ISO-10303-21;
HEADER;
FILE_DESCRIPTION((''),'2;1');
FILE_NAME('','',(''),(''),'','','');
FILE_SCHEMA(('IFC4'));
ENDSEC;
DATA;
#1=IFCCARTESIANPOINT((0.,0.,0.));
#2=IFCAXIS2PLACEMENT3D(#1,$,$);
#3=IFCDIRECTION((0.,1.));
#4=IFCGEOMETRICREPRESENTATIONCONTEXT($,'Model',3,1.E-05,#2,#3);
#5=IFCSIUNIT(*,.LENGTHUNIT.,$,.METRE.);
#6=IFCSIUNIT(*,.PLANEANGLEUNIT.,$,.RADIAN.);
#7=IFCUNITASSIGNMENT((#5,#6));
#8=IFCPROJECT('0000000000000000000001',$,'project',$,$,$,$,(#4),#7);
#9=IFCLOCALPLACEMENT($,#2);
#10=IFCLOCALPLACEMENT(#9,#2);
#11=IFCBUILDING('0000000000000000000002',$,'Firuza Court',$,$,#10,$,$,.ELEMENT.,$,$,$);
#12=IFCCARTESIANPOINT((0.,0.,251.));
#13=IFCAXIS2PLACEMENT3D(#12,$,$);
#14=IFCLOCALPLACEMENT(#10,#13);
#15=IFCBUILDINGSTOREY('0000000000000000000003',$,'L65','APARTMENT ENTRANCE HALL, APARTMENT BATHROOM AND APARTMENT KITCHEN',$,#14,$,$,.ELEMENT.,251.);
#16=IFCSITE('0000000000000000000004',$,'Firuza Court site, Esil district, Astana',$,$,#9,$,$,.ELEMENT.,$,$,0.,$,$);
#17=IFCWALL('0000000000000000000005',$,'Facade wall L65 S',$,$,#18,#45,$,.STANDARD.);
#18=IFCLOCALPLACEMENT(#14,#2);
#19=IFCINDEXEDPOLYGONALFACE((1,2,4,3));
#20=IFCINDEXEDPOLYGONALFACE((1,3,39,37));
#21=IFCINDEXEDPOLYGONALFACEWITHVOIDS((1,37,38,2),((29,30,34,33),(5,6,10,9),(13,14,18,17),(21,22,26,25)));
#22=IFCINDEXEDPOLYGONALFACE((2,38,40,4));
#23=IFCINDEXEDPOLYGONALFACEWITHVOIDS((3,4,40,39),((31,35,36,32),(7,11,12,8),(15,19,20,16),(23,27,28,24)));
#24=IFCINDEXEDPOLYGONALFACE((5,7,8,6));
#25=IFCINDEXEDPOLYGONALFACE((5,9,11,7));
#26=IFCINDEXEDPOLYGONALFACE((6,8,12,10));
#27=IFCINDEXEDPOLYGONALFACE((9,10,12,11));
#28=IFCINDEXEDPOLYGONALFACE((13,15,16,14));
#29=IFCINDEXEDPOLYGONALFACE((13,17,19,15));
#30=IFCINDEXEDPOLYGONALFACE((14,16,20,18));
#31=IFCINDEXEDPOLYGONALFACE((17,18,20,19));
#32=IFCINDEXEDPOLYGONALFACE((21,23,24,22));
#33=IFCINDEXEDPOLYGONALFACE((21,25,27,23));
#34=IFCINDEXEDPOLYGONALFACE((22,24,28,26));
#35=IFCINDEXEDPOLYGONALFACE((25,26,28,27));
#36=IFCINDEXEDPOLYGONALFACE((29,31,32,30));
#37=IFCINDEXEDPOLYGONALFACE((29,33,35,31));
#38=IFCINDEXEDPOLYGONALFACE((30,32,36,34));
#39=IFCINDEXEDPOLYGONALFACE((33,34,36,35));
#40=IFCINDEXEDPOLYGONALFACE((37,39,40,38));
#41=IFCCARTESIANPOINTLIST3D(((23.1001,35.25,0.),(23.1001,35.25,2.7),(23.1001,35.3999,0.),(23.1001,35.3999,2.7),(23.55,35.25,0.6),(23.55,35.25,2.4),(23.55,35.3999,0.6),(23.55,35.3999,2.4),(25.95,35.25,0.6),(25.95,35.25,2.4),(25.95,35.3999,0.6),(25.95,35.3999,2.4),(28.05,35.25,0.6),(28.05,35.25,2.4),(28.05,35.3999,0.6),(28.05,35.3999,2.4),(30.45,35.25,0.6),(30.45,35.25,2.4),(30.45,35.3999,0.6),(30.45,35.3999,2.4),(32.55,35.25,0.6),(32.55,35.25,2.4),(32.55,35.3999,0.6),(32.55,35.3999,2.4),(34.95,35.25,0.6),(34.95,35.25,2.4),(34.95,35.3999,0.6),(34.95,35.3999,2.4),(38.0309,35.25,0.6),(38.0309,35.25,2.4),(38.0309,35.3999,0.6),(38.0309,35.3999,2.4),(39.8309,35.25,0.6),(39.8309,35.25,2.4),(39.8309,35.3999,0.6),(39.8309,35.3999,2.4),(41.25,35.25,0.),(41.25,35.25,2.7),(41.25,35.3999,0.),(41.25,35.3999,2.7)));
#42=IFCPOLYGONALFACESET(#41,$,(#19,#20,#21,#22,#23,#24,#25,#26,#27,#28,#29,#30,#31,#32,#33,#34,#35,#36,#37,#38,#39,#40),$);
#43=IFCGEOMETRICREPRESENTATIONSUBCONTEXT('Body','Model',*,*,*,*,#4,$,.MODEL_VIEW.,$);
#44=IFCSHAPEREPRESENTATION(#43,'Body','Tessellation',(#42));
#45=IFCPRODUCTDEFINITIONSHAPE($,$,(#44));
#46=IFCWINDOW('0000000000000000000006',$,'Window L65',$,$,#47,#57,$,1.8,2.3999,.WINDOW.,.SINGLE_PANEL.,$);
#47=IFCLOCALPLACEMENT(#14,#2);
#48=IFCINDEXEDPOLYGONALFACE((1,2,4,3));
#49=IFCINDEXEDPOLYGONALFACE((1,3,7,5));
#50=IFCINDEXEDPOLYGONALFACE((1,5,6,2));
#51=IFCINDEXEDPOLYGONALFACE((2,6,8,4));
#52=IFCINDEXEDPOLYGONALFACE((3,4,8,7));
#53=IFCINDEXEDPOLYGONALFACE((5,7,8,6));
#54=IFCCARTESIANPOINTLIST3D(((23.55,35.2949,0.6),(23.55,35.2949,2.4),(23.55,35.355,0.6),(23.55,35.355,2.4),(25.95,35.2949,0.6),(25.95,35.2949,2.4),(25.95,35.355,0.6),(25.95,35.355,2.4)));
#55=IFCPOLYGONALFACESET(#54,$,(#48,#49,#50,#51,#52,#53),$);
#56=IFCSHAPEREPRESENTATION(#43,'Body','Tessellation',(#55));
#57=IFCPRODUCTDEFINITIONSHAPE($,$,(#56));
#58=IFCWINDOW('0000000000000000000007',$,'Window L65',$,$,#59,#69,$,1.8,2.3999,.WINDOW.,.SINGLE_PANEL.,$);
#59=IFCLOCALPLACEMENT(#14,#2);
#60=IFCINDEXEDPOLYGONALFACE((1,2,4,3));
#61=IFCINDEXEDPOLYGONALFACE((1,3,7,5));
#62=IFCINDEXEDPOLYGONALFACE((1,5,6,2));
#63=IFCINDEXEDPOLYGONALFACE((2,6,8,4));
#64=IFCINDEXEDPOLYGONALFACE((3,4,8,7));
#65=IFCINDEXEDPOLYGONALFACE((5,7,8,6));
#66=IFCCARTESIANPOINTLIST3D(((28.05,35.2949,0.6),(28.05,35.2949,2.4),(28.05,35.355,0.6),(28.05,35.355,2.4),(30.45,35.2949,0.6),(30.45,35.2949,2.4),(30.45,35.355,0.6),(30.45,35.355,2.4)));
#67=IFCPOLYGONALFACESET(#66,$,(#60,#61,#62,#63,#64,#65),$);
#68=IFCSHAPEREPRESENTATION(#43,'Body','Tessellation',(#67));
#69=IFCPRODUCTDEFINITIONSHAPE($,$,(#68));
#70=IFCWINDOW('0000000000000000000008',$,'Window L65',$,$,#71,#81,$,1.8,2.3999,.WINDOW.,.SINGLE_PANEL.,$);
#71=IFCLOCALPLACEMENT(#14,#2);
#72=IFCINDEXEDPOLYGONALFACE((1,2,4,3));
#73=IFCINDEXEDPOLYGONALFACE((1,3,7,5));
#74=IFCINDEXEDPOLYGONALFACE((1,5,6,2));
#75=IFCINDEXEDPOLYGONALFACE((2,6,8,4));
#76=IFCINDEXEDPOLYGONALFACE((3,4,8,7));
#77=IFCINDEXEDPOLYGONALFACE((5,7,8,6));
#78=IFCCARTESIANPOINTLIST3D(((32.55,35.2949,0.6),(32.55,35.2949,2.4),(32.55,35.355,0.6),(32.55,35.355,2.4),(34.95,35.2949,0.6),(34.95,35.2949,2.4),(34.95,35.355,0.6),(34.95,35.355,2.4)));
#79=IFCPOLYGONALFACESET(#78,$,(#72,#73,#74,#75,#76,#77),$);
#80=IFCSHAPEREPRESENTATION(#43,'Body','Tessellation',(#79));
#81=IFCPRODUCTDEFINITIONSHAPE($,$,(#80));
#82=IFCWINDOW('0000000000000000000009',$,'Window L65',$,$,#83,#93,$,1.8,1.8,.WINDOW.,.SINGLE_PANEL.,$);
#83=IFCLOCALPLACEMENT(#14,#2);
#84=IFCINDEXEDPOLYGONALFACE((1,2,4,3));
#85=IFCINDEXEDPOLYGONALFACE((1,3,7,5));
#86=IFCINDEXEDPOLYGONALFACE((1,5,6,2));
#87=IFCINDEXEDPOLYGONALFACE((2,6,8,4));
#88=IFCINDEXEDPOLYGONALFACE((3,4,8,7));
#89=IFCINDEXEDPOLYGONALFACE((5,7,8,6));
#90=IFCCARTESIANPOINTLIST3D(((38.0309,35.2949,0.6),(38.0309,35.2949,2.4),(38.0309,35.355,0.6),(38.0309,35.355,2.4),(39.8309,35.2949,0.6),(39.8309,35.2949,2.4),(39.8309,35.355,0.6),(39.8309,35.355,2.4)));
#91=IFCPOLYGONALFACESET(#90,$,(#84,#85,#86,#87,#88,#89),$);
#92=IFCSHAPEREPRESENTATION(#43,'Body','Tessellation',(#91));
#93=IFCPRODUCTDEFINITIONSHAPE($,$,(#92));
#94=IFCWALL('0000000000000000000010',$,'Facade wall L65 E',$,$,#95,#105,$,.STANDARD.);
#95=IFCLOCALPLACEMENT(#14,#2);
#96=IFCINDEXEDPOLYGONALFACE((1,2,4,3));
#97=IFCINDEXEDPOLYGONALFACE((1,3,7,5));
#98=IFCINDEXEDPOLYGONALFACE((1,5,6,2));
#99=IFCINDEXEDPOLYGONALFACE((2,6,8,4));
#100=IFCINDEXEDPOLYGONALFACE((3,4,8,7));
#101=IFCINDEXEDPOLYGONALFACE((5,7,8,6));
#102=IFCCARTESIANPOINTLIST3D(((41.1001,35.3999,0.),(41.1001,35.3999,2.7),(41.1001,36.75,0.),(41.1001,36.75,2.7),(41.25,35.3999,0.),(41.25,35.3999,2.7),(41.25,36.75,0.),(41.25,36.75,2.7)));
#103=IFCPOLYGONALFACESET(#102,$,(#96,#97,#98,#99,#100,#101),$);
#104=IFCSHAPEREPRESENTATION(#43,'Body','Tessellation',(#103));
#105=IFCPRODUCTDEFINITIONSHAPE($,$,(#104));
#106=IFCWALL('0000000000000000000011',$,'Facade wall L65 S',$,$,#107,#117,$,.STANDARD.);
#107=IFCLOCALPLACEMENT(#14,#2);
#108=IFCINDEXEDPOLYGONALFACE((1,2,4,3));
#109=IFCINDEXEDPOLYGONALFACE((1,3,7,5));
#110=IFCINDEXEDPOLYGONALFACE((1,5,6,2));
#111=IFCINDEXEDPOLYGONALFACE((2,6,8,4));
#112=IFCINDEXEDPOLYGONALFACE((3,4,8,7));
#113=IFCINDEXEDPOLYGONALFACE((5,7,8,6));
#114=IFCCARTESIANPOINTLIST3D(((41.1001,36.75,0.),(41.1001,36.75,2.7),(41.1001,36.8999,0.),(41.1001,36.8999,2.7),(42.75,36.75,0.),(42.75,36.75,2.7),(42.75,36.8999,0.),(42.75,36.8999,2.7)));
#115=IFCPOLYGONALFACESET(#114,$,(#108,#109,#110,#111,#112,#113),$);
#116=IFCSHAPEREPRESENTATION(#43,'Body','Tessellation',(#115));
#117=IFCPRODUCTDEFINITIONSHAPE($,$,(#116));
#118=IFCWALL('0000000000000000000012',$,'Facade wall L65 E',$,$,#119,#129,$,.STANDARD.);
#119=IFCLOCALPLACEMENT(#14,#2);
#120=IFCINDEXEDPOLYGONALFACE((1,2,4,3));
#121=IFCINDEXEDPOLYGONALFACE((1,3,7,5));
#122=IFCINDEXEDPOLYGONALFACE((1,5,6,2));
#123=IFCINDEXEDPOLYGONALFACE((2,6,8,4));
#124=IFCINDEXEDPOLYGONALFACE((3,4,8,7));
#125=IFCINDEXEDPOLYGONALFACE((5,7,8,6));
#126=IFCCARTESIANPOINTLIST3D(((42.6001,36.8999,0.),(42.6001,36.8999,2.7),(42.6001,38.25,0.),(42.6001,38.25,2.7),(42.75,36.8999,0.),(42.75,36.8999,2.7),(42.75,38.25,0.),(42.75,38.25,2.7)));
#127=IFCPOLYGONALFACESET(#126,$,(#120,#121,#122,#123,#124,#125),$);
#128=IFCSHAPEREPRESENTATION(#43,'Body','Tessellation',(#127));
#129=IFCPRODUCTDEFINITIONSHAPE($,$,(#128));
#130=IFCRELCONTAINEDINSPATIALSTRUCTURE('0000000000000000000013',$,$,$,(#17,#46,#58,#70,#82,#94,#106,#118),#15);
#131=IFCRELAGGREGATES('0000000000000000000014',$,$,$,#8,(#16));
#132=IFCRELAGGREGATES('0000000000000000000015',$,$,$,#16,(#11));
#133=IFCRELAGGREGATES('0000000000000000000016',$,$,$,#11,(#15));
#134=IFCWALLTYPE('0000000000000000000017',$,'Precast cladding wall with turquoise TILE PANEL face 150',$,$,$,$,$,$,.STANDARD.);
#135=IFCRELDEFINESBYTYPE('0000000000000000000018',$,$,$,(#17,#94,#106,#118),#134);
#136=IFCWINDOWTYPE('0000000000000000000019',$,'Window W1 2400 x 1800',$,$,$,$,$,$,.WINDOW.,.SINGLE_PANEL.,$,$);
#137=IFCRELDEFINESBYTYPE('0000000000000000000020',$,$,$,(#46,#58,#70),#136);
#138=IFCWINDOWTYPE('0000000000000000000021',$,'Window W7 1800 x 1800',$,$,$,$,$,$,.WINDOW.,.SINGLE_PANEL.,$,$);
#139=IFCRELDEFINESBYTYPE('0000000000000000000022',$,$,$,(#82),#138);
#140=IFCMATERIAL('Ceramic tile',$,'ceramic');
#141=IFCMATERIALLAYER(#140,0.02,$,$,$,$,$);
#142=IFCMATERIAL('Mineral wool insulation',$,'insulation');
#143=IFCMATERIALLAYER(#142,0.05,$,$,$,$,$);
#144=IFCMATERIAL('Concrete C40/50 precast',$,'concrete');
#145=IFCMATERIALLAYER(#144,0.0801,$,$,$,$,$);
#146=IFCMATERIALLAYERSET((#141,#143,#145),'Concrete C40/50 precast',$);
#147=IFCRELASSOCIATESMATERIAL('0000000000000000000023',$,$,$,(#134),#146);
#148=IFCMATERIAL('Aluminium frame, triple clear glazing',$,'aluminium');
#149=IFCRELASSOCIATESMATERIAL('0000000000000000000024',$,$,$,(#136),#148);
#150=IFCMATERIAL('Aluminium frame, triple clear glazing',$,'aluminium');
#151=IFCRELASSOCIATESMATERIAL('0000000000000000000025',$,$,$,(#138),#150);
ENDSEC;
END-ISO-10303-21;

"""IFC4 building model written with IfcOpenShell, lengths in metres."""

from ifc_helpers import new_model, si_unit, direction, frame, frame_2d, origin, place, context, subcontext, project, spatial, rectangle, extrude, material, layer, layer_set, type_object, element, fill, save


model = new_model("IFC4")

# Units and contexts
model_context = context("Model", 3, precision=1e-05, world=origin(), true_north=direction((0.0, 1.0)))
body_context = subcontext(model_context, "Body", "Model", "MODEL_VIEW")
ifc_project = project(units=[si_unit("LENGTHUNIT", "METRE"), si_unit("PLANEANGLEUNIT", "RADIAN")], contexts=[model_context])

# Site, building, storey
site_placement = place(None, origin())
site = spatial("IfcSite", under=ifc_project, at=site_placement, Name="Firuza Court site, Esil district, Astana", CompositionType="ELEMENT", RefElevation=0.0)
building_placement = place(site_placement, origin())
building = spatial("IfcBuilding", under=site, at=building_placement, Name="Firuza Court", CompositionType="ELEMENT")
storey_placement = place(building_placement, frame((0.0, 0.0, 251.0)))
storey = spatial("IfcBuildingStorey", under=building, at=storey_placement, Name="L65", Description="APARTMENT ENTRANCE HALL, APARTMENT BATHROOM AND APARTMENT KITCHEN", CompositionType="ELEMENT", Elevation=251.0)

# Wall, openings, windows
ifc_material_1 = material(Name="Ceramic tile", Category="ceramic")
ifc_layer_1 = layer(ifc_material_1, 0.02)
ifc_material_2 = material(Name="Mineral wool insulation", Category="insulation")
ifc_layer_2 = layer(ifc_material_2, 0.05)
ifc_material_3 = material(Name="Concrete C40/50 precast", Category="concrete")
ifc_layer_3 = layer(ifc_material_3, 0.0801)
ifc_layer_set_1 = layer_set([ifc_layer_1, ifc_layer_2, ifc_layer_3], Name="Concrete C40/50 precast")
wall_type_1 = type_object("IfcWallType", Name="Precast cladding wall with turquoise TILE PANEL face 150", PredefinedType="STANDARD", material=ifc_layer_set_1)
ifc_material_4 = material(Name="Aluminium frame, triple clear glazing", Category="aluminium")
window_type_1 = type_object("IfcWindowType", Name="Window W1 2400 x 1800", PartitioningType="SINGLE_PANEL", PredefinedType="WINDOW", material=ifc_material_4)
wall_1_placement = place(storey_placement, frame((23.1001, 35.325, 0.0), z_axis=(0.0, 0.0, 1.0), x_axis=(1.0, 0.0, 0.0)))
wall_1 = element("IfcWall", 1, at=wall_1_placement, inside=storey, type_object=wall_type_1, Name="Facade wall L65 S", PredefinedType="STANDARD", context=body_context, shape_type="SweptSolid", body=[
    extrude(rectangle(XDim=18.1499, YDim=0.1499, at=frame_2d((9.075, 0.0))), origin(), (0.0, 0.0, 1.0), 2.7),
])
opening_1_placement = place(wall_1_placement, frame((0.45, 0.0, 0.6001)))
opening_1 = element("IfcOpeningElement", 2, at=opening_1_placement, cuts=wall_1, PredefinedType="OPENING", context=body_context, shape_type="SweptSolid", body=[
    extrude(rectangle(XDim=2.3999, YDim=1.8, at=frame_2d((1.2, 0.8999))), frame((0.0, 0.0869, 0.0), z_axis=(0.0, -1.0, 0.0), x_axis=(1.0, 0.0, 0.0)), (0.0, 0.0, 1.0), 0.1738),
])
opening_2_placement = place(wall_1_placement, frame((4.95, 0.0, 0.6001)))
opening_2 = element("IfcOpeningElement", 3, at=opening_2_placement, cuts=wall_1, PredefinedType="OPENING", context=body_context, shape_type="SweptSolid", body=[
    extrude(rectangle(XDim=2.3999, YDim=1.8, at=frame_2d((1.2, 0.8999))), frame((0.0, 0.0869, 0.0), z_axis=(0.0, -1.0, 0.0), x_axis=(1.0, 0.0, 0.0)), (0.0, 0.0, 1.0), 0.1738),
])
opening_3_placement = place(wall_1_placement, frame((9.45, 0.0, 0.6001)))
opening_3 = element("IfcOpeningElement", 4, at=opening_3_placement, cuts=wall_1, PredefinedType="OPENING", context=body_context, shape_type="SweptSolid", body=[
    extrude(rectangle(XDim=2.3999, YDim=1.8, at=frame_2d((1.2, 0.8999))), frame((0.0, 0.0869, 0.0), z_axis=(0.0, -1.0, 0.0), x_axis=(1.0, 0.0, 0.0)), (0.0, 0.0, 1.0), 0.1738),
])
opening_4_placement = place(wall_1_placement, frame((14.9309, 0.0, 0.6001)))
opening_4 = element("IfcOpeningElement", 5, at=opening_4_placement, cuts=wall_1, PredefinedType="OPENING", context=body_context, shape_type="SweptSolid", body=[
    extrude(rectangle(XDim=1.8, YDim=1.8, at=frame_2d((0.8999, 0.8999))), frame((0.0, 0.0869, 0.0), z_axis=(0.0, -1.0, 0.0), x_axis=(1.0, 0.0, 0.0)), (0.0, 0.0, 1.0), 0.1738),
])
window_1_placement = place(opening_1_placement, origin())
window_1 = element("IfcWindow", 6, at=window_1_placement, inside=storey, type_object=window_type_1, Name="Window L65", OverallHeight=1.8, OverallWidth=2.3999, PartitioningType="SINGLE_PANEL", PredefinedType="WINDOW", context=body_context, shape_type="SweptSolid", body=[
    extrude(rectangle(XDim=2.3999, YDim=1.8, at=frame_2d((1.2, 0.8999))), frame((0.0, 0.03, 0.0), z_axis=(0.0, -1.0, 0.0), x_axis=(1.0, 0.0, 0.0)), (0.0, 0.0, 1.0), 0.0601),
])
fill(opening_1, window_1)
window_2_placement = place(opening_2_placement, origin())
window_2 = element("IfcWindow", 7, at=window_2_placement, inside=storey, type_object=window_type_1, Name="Window L65", OverallHeight=1.8, OverallWidth=2.3999, PartitioningType="SINGLE_PANEL", PredefinedType="WINDOW", context=body_context, shape_type="SweptSolid", body=[
    extrude(rectangle(XDim=2.3999, YDim=1.8, at=frame_2d((1.2, 0.8999))), frame((0.0, 0.03, 0.0), z_axis=(0.0, -1.0, 0.0), x_axis=(1.0, 0.0, 0.0)), (0.0, 0.0, 1.0), 0.0601),
])
fill(opening_2, window_2)
window_3_placement = place(opening_3_placement, origin())
window_3 = element("IfcWindow", 8, at=window_3_placement, inside=storey, type_object=window_type_1, Name="Window L65", OverallHeight=1.8, OverallWidth=2.3999, PartitioningType="SINGLE_PANEL", PredefinedType="WINDOW", context=body_context, shape_type="SweptSolid", body=[
    extrude(rectangle(XDim=2.3999, YDim=1.8, at=frame_2d((1.2, 0.8999))), frame((0.0, 0.03, 0.0), z_axis=(0.0, -1.0, 0.0), x_axis=(1.0, 0.0, 0.0)), (0.0, 0.0, 1.0), 0.0601),
])
fill(opening_3, window_3)
ifc_material_5 = material(Name="Aluminium frame, triple clear glazing", Category="aluminium")
window_type_2 = type_object("IfcWindowType", Name="Window W7 1800 x 1800", PartitioningType="SINGLE_PANEL", PredefinedType="WINDOW", material=ifc_material_5)
window_4_placement = place(opening_4_placement, origin())
window_4 = element("IfcWindow", 9, at=window_4_placement, inside=storey, type_object=window_type_2, Name="Window L65", OverallHeight=1.8, OverallWidth=1.8, PartitioningType="SINGLE_PANEL", PredefinedType="WINDOW", context=body_context, shape_type="SweptSolid", body=[
    extrude(rectangle(XDim=1.8, YDim=1.8, at=frame_2d((0.8999, 0.8999))), frame((0.0, 0.03, 0.0), z_axis=(0.0, -1.0, 0.0), x_axis=(1.0, 0.0, 0.0)), (0.0, 0.0, 1.0), 0.0601),
])
fill(opening_4, window_4)

# Walls
wall_2_placement = place(storey_placement, frame((41.175, 35.3999, 0.0), z_axis=(0.0, 0.0, 1.0), x_axis=(0.0, 1.0, 0.0)))
element("IfcWall", 10, at=wall_2_placement, inside=storey, type_object=wall_type_1, Name="Facade wall L65 E", PredefinedType="STANDARD", context=body_context, shape_type="SweptSolid", body=[
    extrude(rectangle(XDim=1.3501, YDim=0.1499, at=frame_2d((0.675, 0.0))), origin(), (0.0, 0.0, 1.0), 2.7),
])
wall_3_placement = place(storey_placement, frame((41.1001, 36.825, 0.0), z_axis=(0.0, 0.0, 1.0), x_axis=(1.0, 0.0, 0.0)))
element("IfcWall", 11, at=wall_3_placement, inside=storey, type_object=wall_type_1, Name="Facade wall L65 S", PredefinedType="STANDARD", context=body_context, shape_type="SweptSolid", body=[
    extrude(rectangle(XDim=1.6499, YDim=0.1499, at=frame_2d((0.825, 0.0))), origin(), (0.0, 0.0, 1.0), 2.7),
])
wall_4_placement = place(storey_placement, frame((42.675, 36.8999, 0.0), z_axis=(0.0, 0.0, 1.0), x_axis=(0.0, 1.0, 0.0)))
element("IfcWall", 12, at=wall_4_placement, inside=storey, type_object=wall_type_1, Name="Facade wall L65 E", PredefinedType="STANDARD", context=body_context, shape_type="SweptSolid", body=[
    extrude(rectangle(XDim=1.3501, YDim=0.1499, at=frame_2d((0.675, 0.0))), origin(), (0.0, 0.0, 1.0), 2.7),
])

save(model, "model.ifc")
